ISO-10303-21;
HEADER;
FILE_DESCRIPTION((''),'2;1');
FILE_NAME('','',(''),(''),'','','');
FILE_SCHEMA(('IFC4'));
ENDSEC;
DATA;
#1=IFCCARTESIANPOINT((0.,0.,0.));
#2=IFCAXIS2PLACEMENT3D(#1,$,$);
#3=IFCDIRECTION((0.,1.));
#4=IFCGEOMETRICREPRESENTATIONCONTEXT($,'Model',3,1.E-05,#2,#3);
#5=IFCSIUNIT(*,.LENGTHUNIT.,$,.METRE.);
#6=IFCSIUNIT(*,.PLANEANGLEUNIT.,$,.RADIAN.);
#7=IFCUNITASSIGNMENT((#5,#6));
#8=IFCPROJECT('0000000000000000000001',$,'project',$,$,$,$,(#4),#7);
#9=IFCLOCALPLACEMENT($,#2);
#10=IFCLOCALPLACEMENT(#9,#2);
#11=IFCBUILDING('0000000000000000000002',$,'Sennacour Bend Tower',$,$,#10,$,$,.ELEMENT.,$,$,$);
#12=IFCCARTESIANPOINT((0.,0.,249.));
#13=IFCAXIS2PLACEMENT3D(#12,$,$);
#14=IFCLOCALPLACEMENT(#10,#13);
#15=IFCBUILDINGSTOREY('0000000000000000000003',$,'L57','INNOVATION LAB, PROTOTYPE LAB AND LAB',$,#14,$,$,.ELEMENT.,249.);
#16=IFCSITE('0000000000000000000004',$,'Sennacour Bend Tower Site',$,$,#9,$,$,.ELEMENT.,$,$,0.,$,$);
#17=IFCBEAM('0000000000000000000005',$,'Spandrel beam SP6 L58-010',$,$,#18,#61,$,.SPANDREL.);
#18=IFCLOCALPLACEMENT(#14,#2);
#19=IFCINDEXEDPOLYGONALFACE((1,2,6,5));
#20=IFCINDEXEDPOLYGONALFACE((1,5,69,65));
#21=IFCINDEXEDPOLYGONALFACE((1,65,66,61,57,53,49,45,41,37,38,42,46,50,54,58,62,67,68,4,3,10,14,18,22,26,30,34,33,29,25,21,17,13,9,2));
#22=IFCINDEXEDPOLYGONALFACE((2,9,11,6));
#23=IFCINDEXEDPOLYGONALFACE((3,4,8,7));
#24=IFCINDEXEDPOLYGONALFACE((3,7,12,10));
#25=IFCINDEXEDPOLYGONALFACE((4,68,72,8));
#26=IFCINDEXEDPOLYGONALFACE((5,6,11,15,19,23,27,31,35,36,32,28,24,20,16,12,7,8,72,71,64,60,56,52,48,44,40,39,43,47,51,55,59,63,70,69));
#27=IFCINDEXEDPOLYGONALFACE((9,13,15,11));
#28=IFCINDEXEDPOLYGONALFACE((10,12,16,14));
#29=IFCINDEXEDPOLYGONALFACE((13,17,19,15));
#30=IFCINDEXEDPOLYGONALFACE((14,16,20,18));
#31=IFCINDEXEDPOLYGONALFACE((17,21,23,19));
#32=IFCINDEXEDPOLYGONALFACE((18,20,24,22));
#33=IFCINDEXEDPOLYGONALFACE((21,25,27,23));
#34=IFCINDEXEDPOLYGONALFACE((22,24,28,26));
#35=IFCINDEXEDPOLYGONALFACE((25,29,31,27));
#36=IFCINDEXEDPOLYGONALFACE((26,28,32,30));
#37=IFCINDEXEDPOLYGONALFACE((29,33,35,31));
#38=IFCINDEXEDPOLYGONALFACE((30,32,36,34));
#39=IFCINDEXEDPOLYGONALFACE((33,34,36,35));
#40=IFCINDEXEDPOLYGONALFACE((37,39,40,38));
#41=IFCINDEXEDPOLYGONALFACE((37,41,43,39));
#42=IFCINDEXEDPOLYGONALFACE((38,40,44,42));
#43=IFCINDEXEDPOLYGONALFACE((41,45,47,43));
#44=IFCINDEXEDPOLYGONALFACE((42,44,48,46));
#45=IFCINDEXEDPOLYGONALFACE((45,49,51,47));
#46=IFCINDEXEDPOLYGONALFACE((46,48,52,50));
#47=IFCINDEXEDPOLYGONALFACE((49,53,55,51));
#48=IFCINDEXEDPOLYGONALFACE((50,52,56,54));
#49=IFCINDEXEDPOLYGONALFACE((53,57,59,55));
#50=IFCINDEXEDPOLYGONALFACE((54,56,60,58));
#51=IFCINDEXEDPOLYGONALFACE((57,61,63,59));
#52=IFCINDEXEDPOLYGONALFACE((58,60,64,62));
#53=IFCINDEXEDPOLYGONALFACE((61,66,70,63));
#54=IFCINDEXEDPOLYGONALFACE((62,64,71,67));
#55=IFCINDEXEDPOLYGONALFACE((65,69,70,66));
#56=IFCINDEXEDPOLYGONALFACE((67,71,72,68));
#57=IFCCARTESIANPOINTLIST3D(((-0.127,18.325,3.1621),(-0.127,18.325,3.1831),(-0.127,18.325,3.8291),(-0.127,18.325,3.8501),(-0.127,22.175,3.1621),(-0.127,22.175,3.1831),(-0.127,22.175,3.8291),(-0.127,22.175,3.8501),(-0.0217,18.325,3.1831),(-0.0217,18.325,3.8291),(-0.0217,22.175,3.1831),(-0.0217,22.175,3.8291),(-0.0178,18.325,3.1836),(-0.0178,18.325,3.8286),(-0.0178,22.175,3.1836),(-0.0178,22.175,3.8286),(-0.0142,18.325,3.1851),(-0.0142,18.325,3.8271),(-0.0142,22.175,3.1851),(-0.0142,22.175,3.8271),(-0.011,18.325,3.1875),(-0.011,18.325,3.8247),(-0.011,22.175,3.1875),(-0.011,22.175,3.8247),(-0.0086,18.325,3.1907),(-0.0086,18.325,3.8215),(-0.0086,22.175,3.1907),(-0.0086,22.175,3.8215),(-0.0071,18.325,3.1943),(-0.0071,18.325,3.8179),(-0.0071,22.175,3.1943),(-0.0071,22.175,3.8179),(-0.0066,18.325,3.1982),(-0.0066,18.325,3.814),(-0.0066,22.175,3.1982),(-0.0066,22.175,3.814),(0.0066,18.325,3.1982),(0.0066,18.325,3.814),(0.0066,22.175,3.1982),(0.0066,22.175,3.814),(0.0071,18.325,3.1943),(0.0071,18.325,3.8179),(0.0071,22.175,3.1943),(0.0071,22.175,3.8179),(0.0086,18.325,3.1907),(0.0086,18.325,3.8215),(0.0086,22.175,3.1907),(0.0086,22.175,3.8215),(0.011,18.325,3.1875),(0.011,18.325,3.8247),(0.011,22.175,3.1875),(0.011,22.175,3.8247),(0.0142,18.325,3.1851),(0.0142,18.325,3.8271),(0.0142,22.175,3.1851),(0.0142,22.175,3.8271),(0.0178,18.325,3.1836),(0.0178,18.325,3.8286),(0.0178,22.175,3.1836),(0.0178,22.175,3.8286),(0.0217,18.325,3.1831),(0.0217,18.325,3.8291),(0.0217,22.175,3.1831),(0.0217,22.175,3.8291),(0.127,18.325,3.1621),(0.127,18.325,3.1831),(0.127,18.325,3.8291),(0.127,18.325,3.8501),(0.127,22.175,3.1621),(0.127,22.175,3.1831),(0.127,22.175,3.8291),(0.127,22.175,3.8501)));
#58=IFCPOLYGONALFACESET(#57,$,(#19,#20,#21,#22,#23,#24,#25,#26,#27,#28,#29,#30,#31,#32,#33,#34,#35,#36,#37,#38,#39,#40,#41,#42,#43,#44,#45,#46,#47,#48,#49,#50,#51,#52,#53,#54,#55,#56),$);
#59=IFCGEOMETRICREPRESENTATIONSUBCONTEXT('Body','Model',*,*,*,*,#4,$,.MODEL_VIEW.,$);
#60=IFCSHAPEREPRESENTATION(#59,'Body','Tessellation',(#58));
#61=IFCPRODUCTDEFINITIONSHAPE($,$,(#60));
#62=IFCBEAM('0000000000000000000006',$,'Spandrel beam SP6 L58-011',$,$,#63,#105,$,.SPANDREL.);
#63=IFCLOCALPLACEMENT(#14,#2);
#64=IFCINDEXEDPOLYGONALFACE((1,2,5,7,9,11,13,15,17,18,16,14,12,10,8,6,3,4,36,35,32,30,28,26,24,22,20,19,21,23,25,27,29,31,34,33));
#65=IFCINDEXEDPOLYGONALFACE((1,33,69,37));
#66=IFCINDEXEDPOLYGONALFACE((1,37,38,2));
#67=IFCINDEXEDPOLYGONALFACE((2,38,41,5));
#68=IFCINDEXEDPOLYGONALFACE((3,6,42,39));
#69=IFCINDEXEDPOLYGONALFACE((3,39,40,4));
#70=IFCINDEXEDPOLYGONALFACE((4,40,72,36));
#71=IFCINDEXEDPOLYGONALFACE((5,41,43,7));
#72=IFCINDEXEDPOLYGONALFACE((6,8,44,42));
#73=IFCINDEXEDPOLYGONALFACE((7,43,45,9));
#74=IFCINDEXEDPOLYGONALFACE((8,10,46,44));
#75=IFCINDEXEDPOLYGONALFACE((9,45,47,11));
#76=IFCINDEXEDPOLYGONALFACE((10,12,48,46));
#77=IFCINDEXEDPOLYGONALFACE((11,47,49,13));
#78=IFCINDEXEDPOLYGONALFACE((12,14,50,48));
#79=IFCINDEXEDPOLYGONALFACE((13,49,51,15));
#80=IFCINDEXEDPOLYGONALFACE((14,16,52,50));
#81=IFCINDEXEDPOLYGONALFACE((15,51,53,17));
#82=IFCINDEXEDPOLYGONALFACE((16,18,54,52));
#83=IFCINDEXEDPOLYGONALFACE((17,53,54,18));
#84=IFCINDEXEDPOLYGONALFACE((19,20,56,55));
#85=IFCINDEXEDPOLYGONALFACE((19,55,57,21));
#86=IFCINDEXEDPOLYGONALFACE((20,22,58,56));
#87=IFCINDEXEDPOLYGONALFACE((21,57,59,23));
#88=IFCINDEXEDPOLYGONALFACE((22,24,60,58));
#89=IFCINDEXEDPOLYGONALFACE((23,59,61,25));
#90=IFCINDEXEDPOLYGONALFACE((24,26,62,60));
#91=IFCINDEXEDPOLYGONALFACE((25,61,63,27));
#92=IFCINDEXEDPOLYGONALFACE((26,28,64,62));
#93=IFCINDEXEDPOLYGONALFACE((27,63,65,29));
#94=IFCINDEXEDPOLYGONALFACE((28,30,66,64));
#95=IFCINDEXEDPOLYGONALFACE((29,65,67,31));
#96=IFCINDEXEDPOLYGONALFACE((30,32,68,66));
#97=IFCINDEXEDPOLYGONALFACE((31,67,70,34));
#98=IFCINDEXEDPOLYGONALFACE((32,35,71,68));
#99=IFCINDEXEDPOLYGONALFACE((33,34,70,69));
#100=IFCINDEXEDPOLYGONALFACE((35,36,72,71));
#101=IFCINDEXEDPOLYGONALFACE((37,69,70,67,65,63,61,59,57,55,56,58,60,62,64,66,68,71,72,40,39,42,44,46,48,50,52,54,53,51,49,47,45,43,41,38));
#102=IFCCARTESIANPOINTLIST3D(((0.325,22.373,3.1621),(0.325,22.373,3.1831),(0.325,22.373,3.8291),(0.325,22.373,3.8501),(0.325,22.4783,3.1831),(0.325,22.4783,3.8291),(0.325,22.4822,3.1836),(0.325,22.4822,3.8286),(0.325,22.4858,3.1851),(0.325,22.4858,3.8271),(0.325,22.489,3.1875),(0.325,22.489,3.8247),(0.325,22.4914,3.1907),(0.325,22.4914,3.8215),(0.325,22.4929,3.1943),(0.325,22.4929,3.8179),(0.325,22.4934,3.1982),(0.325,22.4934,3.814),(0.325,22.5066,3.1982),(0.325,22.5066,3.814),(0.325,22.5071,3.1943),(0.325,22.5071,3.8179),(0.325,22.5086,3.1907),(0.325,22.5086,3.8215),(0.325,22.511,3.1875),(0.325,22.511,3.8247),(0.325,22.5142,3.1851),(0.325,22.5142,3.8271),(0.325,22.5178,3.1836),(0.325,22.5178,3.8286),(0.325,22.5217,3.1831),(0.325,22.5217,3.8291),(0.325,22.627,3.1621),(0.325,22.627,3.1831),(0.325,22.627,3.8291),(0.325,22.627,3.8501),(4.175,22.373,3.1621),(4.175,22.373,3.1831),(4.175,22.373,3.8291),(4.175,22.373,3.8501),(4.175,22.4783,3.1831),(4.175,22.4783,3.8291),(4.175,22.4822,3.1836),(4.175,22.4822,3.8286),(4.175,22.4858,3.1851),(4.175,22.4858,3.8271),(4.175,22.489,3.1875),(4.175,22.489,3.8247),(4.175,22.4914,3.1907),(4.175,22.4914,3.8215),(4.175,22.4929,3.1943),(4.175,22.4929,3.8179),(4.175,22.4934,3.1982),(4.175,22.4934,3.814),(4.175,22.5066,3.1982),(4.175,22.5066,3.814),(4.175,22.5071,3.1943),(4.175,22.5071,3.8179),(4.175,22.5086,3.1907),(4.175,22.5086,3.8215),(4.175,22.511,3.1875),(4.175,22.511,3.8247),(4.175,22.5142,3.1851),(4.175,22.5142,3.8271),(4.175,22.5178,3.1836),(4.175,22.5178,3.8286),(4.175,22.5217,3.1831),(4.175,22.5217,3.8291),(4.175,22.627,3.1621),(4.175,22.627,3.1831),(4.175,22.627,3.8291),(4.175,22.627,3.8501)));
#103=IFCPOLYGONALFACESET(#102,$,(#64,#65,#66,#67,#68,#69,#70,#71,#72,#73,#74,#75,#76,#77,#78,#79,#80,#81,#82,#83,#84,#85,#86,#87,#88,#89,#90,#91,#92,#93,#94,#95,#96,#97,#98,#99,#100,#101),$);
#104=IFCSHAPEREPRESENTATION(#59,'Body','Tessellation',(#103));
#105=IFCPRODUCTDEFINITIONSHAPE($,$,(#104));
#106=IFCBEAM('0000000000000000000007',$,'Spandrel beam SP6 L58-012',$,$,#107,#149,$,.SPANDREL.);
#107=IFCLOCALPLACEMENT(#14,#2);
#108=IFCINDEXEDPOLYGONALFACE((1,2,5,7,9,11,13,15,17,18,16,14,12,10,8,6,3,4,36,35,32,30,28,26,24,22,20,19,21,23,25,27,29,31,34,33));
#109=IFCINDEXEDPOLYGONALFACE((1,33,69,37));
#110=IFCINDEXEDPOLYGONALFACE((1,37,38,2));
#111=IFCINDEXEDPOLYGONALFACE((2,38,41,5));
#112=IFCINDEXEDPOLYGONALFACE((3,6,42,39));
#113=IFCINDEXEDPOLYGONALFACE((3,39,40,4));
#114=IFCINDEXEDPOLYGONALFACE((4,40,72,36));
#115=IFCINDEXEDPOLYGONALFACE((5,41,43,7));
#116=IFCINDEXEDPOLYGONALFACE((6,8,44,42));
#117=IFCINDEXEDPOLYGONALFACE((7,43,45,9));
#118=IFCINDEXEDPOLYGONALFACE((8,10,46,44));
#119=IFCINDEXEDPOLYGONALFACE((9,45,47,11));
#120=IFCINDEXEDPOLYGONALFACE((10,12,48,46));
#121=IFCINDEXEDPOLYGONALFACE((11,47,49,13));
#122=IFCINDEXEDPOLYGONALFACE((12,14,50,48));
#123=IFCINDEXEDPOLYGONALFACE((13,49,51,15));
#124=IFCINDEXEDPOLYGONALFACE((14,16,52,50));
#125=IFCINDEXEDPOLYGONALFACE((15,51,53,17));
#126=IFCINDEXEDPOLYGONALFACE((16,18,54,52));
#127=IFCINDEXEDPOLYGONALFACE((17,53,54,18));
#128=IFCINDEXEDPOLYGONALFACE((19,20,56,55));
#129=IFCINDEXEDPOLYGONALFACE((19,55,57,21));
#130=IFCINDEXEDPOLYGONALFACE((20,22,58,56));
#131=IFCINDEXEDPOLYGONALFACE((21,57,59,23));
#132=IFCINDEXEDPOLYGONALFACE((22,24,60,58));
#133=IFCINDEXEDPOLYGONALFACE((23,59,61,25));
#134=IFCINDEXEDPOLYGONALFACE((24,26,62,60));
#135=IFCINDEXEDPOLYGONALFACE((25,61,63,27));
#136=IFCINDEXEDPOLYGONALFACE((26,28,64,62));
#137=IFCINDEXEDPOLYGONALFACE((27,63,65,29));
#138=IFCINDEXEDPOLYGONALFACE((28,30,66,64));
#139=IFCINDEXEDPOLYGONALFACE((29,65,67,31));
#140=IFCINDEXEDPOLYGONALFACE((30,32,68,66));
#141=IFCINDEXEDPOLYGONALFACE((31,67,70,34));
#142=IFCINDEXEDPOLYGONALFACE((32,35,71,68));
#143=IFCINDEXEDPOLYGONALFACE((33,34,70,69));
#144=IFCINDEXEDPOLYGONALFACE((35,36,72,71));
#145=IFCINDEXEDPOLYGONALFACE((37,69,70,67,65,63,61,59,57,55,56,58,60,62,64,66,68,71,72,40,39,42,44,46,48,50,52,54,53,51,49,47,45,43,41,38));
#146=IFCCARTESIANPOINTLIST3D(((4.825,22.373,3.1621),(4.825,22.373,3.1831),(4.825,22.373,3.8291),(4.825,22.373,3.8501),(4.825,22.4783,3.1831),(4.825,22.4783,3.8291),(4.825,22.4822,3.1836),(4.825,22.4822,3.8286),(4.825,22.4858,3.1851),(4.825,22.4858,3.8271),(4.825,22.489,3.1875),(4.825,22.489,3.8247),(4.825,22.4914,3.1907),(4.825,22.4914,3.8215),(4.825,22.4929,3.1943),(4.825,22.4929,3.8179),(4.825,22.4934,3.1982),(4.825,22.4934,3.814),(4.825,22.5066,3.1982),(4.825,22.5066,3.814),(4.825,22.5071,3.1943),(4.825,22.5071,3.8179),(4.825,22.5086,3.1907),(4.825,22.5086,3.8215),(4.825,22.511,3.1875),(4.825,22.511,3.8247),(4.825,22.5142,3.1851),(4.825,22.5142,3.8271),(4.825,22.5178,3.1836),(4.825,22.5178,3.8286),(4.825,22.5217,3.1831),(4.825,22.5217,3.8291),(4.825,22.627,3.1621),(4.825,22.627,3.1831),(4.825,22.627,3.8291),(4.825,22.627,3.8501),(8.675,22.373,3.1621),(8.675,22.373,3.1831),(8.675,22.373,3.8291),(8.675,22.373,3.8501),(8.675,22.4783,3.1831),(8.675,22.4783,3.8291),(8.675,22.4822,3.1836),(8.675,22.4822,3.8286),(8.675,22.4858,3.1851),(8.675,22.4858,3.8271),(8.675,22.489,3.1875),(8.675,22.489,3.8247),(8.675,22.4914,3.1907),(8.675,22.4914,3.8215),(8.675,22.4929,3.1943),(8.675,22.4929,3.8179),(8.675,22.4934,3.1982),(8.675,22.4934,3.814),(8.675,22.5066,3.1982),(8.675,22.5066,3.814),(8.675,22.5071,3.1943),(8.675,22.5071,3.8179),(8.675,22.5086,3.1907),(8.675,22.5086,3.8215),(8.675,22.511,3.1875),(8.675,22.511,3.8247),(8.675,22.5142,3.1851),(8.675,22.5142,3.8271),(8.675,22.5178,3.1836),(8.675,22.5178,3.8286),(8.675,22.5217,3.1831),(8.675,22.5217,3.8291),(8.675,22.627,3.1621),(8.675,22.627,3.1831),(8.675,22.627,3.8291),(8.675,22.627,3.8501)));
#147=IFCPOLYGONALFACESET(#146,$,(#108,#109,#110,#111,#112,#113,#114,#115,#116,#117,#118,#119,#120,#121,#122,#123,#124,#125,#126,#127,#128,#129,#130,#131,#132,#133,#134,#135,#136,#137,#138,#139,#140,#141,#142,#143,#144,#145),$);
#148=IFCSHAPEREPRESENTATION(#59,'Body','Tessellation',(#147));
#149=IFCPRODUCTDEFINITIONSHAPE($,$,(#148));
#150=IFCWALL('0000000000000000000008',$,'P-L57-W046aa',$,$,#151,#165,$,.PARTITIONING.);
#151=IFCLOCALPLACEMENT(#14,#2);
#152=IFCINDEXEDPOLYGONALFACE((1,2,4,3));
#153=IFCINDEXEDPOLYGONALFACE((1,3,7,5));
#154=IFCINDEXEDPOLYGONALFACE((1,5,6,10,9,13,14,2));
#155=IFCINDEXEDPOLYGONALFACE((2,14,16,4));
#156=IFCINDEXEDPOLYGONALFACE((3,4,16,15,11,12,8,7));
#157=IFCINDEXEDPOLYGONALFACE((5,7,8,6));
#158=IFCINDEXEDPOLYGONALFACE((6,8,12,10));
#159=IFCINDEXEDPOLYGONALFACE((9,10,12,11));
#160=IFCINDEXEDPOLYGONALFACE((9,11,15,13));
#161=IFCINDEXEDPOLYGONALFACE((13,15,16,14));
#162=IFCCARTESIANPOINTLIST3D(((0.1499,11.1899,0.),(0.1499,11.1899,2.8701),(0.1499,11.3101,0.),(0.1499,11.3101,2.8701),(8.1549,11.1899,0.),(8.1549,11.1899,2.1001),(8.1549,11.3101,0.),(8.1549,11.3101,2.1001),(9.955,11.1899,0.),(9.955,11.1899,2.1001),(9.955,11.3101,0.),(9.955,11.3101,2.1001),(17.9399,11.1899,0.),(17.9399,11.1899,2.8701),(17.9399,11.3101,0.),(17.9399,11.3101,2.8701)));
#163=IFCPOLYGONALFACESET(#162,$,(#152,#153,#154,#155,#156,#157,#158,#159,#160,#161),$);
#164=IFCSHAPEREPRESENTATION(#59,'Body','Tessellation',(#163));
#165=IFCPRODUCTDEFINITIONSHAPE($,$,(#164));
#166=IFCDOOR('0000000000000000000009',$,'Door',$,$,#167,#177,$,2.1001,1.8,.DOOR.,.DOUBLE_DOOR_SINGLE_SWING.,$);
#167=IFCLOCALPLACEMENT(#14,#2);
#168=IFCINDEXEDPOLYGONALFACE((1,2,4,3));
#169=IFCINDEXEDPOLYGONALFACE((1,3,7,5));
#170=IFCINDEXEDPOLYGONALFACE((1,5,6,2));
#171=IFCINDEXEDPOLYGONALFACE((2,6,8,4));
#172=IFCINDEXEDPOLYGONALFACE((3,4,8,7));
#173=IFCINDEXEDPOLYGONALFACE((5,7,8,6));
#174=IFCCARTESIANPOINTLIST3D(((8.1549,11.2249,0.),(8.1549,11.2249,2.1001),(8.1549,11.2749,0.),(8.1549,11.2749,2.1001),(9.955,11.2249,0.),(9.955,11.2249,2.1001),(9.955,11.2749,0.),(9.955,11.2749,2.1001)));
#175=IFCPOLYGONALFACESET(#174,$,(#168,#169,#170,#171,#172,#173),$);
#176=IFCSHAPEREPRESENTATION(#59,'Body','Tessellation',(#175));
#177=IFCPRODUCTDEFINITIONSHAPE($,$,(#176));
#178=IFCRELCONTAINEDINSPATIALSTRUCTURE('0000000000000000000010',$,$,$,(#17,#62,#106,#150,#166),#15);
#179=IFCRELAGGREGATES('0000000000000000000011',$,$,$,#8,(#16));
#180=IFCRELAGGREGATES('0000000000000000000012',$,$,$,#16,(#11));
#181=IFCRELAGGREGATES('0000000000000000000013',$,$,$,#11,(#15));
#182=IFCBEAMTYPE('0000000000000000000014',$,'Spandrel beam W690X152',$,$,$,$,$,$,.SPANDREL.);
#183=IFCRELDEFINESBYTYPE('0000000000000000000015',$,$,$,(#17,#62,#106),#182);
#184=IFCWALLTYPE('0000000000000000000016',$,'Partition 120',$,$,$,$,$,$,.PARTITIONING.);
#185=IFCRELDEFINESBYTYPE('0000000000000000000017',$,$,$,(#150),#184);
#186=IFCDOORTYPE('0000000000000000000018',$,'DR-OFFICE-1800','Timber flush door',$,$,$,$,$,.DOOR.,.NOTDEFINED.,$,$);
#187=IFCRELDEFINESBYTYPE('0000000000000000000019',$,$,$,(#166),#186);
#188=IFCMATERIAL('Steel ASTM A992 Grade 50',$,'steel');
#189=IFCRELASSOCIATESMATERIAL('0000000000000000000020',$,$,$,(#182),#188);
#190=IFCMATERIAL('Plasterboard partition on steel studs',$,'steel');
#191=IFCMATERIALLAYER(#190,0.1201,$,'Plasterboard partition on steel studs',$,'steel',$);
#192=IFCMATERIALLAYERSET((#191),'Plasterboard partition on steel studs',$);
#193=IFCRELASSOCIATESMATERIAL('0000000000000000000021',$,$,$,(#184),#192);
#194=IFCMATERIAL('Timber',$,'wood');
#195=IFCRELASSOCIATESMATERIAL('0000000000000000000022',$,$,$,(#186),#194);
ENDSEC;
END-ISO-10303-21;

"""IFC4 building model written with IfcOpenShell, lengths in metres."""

from ifc_helpers import new_model, si_unit, direction, frame, frame_2d, origin, origin_2d, place, context, subcontext, project, spatial, rectangle, i_section, extrude, material, layer, layer_set, material_profile, profile_set, type_object, element, fill, save


model = new_model("IFC4")

# Units and contexts
model_context = context("Model", 3, precision=1e-05, world=origin(), true_north=direction((0.0, 1.0)))
body_context = subcontext(model_context, "Body", "Model", "MODEL_VIEW")
ifc_project = project(units=[si_unit("LENGTHUNIT", "METRE"), si_unit("PLANEANGLEUNIT", "RADIAN")], contexts=[model_context])

# Site, building, storey
site_placement = place(None, origin())
site = spatial("IfcSite", under=ifc_project, at=site_placement, Name="Sennacour Bend Tower Site", CompositionType="ELEMENT", RefElevation=0.0)
building_placement = place(site_placement, origin())
building = spatial("IfcBuilding", under=site, at=building_placement, Name="Sennacour Bend Tower", CompositionType="ELEMENT")
storey_placement = place(building_placement, frame((0.0, 0.0, 249.0)))
storey = spatial("IfcBuildingStorey", under=building, at=storey_placement, Name="L57", Description="INNOVATION LAB, PROTOTYPE LAB AND LAB", CompositionType="ELEMENT", Elevation=249.0)

# Beams
ifc_material_1 = material(Name="Steel ASTM A992 Grade 50", Category="steel")
ifc_material_profile_1 = material_profile(ifc_material_1, i_section(OverallWidth=0.2539, OverallDepth=0.688, WebThickness=0.0132, FlangeThickness=0.021, FilletRadius=0.0151, at=origin_2d()), Name="Steel ASTM A992 Grade 50", Category="steel")
ifc_profile_set_1 = profile_set([ifc_material_profile_1], Name="Steel ASTM A992 Grade 50")
beam_type = type_object("IfcBeamType", Name="Spandrel beam W690X152", PredefinedType="SPANDREL", material=ifc_profile_set_1)
for number, where, z_axis, x_axis, name in (
    (1, (0.0, 18.325, 3.5061), (0.0, 1.0, 0.0), (-1.0, 0.0, 0.0), "Spandrel beam SP6 L58-010"),
    (2, (0.325, 22.5, 3.5061), (1.0, 0.0, 0.0), (0.0, 1.0, 0.0), "Spandrel beam SP6 L58-011"),
    (3, (4.825, 22.5, 3.5061), (1.0, 0.0, 0.0), (0.0, 1.0, 0.0), "Spandrel beam SP6 L58-012"),
):
    element("IfcBeam", number, at=place(storey_placement, frame(where, z_axis=z_axis, x_axis=x_axis)), inside=storey, type_object=beam_type, Name=name, PredefinedType="SPANDREL", context=body_context, shape_type="SweptSolid", body=[
        extrude(i_section(OverallWidth=0.2539, OverallDepth=0.688, WebThickness=0.0132, FlangeThickness=0.021, FilletRadius=0.0151, at=origin_2d()), origin(), (0.0, 0.0, 1.0), 3.8501),
    ])

# Wall, opening, door
ifc_material_2 = material(Name="Plasterboard partition on steel studs", Category="steel")
ifc_layer_1 = layer(ifc_material_2, 0.1201, Name="Plasterboard partition on steel studs", Category="steel")
ifc_layer_set_1 = layer_set([ifc_layer_1], Name="Plasterboard partition on steel studs")
wall_type_1 = type_object("IfcWallType", Name="Partition 120", PredefinedType="PARTITIONING", material=ifc_layer_set_1)
wall_1_placement = place(storey_placement, frame((0.1499, 11.25, 0.0), z_axis=(0.0, 0.0, 1.0), x_axis=(1.0, 0.0, 0.0)))
wall_1 = element("IfcWall", 4, at=wall_1_placement, inside=storey, type_object=wall_type_1, Name="P-L57-W046aa", PredefinedType="PARTITIONING", context=body_context, shape_type="SweptSolid", body=[
    extrude(rectangle(XDim=17.79, YDim=0.1201, at=frame_2d((8.895, 0.0))), origin(), (0.0, 0.0, 1.0), 2.8701),
])
opening_1_placement = place(wall_1_placement, frame((8.0051, 0.0, 0.0)))
opening_1 = element("IfcOpeningElement", 5, at=opening_1_placement, cuts=wall_1, PredefinedType="OPENING", context=body_context, shape_type="SweptSolid", body=[
    extrude(rectangle(XDim=1.8, YDim=2.1001, at=frame_2d((0.8999, 1.05))), frame((0.0, 0.0701, 0.0), z_axis=(0.0, -1.0, 0.0), x_axis=(1.0, 0.0, 0.0)), (0.0, 0.0, 1.0), 0.1401),
])
ifc_material_3 = material(Name="Timber", Category="wood")
door_type = type_object("IfcDoorType", Name="DR-OFFICE-1800", Description="Timber flush door", OperationType="NOTDEFINED", PredefinedType="DOOR", material=ifc_material_3)
door_placement = place(opening_1_placement, origin())
door = element("IfcDoor", 6, at=door_placement, inside=storey, type_object=door_type, Name="Door", OperationType="DOUBLE_DOOR_SINGLE_SWING", OverallHeight=2.1001, OverallWidth=1.8, PredefinedType="DOOR", context=body_context, shape_type="SweptSolid", body=[
    extrude(rectangle(XDim=1.8, YDim=2.1001, at=frame_2d((0.8999, 1.05))), frame((0.0, 0.0249, 0.0), z_axis=(0.0, -1.0, 0.0), x_axis=(1.0, 0.0, 0.0)), (0.0, 0.0, 1.0), 0.05),
])
fill(opening_1, door)

save(model, "model.ifc")
